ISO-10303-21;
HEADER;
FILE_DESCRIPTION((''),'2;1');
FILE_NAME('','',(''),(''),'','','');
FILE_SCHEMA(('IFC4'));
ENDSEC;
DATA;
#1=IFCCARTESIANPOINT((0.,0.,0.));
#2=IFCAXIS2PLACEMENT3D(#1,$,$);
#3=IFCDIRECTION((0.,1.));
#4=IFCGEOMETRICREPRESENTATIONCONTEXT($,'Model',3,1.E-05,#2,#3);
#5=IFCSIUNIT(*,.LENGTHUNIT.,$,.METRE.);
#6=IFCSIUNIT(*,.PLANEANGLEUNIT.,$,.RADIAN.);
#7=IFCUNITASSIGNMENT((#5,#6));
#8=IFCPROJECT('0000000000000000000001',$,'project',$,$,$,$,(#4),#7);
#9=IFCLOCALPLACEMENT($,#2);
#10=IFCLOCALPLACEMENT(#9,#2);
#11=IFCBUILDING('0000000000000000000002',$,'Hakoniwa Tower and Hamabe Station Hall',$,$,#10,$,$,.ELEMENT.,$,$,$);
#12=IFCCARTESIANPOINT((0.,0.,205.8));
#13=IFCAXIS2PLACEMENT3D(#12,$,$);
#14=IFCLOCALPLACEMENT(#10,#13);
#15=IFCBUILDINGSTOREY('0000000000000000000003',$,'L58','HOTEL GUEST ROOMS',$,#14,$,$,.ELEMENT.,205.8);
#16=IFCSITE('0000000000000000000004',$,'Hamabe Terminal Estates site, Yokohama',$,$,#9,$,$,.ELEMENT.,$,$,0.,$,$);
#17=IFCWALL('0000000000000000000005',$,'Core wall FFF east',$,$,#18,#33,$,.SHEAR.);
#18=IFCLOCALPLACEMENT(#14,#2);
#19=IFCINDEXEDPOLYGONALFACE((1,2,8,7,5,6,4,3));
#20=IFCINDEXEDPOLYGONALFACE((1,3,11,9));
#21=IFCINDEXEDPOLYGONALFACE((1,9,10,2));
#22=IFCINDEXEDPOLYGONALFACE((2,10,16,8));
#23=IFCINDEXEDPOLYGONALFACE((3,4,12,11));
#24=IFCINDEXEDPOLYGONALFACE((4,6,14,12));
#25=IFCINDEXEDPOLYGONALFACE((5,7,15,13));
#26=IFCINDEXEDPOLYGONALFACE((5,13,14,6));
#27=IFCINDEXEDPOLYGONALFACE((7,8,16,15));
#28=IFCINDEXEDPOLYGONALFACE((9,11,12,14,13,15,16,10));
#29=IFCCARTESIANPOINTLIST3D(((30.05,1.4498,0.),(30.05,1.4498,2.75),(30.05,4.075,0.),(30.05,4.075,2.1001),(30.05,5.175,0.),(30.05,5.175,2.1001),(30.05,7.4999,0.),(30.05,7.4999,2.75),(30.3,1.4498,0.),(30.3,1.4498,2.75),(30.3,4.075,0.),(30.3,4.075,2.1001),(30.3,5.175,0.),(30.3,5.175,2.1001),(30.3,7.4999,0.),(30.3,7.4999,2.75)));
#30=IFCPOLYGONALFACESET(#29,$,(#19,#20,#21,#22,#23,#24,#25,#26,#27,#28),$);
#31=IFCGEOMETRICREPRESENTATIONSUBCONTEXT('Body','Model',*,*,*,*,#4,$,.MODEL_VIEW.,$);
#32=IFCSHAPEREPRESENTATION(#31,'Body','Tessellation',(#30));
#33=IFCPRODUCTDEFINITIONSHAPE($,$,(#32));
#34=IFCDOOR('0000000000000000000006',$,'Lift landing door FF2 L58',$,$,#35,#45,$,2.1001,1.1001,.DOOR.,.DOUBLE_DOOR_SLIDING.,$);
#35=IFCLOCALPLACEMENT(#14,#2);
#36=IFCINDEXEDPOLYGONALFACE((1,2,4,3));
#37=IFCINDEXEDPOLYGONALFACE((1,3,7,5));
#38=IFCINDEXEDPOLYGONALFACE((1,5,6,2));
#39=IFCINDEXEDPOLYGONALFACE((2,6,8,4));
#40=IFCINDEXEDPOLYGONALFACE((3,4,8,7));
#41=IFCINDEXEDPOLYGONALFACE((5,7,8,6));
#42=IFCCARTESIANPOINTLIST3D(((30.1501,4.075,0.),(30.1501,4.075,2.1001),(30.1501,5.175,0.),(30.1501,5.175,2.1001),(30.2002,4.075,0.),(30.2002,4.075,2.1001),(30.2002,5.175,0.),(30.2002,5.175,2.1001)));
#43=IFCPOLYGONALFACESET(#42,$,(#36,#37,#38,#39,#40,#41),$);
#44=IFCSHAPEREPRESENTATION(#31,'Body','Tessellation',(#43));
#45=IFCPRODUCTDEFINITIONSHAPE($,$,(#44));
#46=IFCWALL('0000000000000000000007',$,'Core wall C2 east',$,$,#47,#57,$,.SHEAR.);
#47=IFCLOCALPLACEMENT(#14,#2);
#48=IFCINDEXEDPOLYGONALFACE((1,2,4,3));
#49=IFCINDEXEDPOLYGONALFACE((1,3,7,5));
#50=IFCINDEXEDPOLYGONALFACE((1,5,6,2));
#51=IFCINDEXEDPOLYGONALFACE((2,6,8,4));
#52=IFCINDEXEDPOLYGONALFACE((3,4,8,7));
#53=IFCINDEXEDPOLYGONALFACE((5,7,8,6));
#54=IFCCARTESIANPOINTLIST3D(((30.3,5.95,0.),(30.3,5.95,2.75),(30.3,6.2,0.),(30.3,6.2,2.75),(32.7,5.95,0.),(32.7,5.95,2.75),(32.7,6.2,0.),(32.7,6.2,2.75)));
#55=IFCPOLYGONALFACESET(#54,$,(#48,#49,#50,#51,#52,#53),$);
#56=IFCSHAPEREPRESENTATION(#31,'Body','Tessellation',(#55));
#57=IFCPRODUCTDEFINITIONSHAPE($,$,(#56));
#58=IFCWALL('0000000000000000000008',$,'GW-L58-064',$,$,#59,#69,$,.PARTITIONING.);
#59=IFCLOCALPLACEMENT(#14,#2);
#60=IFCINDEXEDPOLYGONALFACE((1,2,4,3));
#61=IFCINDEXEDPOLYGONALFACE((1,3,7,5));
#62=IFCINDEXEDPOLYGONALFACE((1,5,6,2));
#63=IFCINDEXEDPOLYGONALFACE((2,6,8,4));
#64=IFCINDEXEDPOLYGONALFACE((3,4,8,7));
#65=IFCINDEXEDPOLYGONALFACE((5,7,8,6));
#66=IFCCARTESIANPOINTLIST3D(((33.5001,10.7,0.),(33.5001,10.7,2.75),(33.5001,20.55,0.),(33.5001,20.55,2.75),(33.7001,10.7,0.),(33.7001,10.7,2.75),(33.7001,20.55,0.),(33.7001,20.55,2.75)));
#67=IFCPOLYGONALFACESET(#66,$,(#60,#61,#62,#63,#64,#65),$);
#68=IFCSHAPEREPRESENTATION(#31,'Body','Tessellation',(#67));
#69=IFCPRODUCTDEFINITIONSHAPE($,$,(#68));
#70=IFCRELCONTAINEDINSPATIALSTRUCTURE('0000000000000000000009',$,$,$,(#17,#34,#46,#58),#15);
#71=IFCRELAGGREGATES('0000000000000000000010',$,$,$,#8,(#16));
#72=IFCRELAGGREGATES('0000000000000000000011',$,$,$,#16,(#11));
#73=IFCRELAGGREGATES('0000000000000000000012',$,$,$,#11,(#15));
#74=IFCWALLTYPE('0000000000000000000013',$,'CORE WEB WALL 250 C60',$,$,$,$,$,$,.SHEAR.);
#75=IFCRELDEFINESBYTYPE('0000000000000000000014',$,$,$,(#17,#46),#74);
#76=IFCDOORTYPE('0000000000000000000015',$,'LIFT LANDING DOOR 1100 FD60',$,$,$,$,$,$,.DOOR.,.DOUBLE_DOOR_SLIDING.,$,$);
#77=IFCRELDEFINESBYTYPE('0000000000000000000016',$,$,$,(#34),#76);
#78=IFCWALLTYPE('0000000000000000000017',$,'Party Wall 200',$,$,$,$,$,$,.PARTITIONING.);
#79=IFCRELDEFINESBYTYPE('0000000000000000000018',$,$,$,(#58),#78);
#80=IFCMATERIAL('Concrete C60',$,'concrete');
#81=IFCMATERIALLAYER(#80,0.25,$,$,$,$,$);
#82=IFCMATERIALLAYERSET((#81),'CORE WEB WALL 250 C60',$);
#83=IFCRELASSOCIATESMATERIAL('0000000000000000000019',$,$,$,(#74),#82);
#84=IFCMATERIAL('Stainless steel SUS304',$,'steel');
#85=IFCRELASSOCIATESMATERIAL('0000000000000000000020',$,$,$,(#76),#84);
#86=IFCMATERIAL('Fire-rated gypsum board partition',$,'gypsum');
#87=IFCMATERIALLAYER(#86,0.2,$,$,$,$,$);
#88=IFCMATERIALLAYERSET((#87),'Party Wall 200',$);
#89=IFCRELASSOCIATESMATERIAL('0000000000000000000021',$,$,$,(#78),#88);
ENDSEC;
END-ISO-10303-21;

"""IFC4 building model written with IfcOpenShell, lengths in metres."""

from ifc_helpers import new_model, si_unit, direction, frame, frame_2d, origin, place, context, subcontext, project, spatial, rectangle, extrude, material, layer, layer_set, type_object, element, fill, save


model = new_model("IFC4")

# Units and contexts
model_context = context("Model", 3, precision=1e-05, world=origin(), true_north=direction((0.0, 1.0)))
body_context = subcontext(model_context, "Body", "Model", "MODEL_VIEW")
ifc_project = project(units=[si_unit("LENGTHUNIT", "METRE"), si_unit("PLANEANGLEUNIT", "RADIAN")], contexts=[model_context])

# Site, building, storey
site_placement = place(None, origin())
site = spatial("IfcSite", under=ifc_project, at=site_placement, Name="Hamabe Terminal Estates site, Yokohama", CompositionType="ELEMENT", RefElevation=0.0)
building_placement = place(site_placement, origin())
building = spatial("IfcBuilding", under=site, at=building_placement, Name="Hakoniwa Tower and Hamabe Station Hall", CompositionType="ELEMENT")
storey_placement = place(building_placement, frame((0.0, 0.0, 205.8)))
storey = spatial("IfcBuildingStorey", under=building, at=storey_placement, Name="L58", Description="HOTEL GUEST ROOMS", CompositionType="ELEMENT", Elevation=205.8)

# Wall, opening, door
ifc_material_1 = material(Name="Concrete C60", Category="concrete")
ifc_layer_1 = layer(ifc_material_1, 0.25)
ifc_layer_set_1 = layer_set([ifc_layer_1], Name="CORE WEB WALL 250 C60")
wall_type_1 = type_object("IfcWallType", Name="CORE WEB WALL 250 C60", PredefinedType="SHEAR", material=ifc_layer_set_1)
wall_1_placement = place(storey_placement, frame((30.175, 1.45, 0.0), z_axis=(0.0, 0.0, 1.0), x_axis=(0.0, 1.0, 0.0)))
wall_1 = element("IfcWall", 1, at=wall_1_placement, inside=storey, type_object=wall_type_1, Name="Core wall FFF east", PredefinedType="SHEAR", context=body_context, shape_type="SweptSolid", body=[
    extrude(rectangle(XDim=6.05, YDim=0.25, at=frame_2d((3.0249, 0.0))), origin(), (0.0, 0.0, 1.0), 2.75),
])
opening_placement = place(wall_1_placement, frame((2.625, 0.0, 0.0)))
opening = element("IfcOpeningElement", 2, at=opening_placement, cuts=wall_1, PredefinedType="OPENING", context=body_context, shape_type="SweptSolid", body=[
    extrude(rectangle(XDim=1.1001, YDim=2.1001, at=frame_2d((0.55, 1.05))), frame((0.0, 0.135, 0.0), z_axis=(0.0, -1.0, 0.0), x_axis=(1.0, 0.0, 0.0)), (0.0, 0.0, 1.0), 0.27),
])
ifc_material_2 = material(Name="Stainless steel SUS304", Category="steel")
door_type = type_object("IfcDoorType", Name="LIFT LANDING DOOR 1100 FD60", OperationType="DOUBLE_DOOR_SLIDING", PredefinedType="DOOR", material=ifc_material_2)
door_placement = place(opening_placement, origin())
door = element("IfcDoor", 3, at=door_placement, inside=storey, type_object=door_type, Name="Lift landing door FF2 L58", OperationType="DOUBLE_DOOR_SLIDING", OverallHeight=2.1001, OverallWidth=1.1001, PredefinedType="DOOR", context=body_context, shape_type="SweptSolid", body=[
    extrude(rectangle(XDim=1.1001, YDim=2.1001, at=frame_2d((0.55, 1.05))), frame((0.0, 0.0249, 0.0), z_axis=(0.0, -1.0, 0.0), x_axis=(1.0, 0.0, 0.0)), (0.0, 0.0, 1.0), 0.05),
])
fill(opening, door)

# Walls
wall_2_placement = place(storey_placement, frame((30.3, 6.075, 0.0), z_axis=(0.0, 0.0, 1.0), x_axis=(1.0, 0.0, 0.0)))
element("IfcWall", 4, at=wall_2_placement, inside=storey, type_object=wall_type_1, Name="Core wall C2 east", PredefinedType="SHEAR", context=body_context, shape_type="SweptSolid", body=[
    extrude(rectangle(XDim=2.3999, YDim=0.25, at=frame_2d((1.2, 0.0))), origin(), (0.0, 0.0, 1.0), 2.75),
])
ifc_material_3 = material(Name="Fire-rated gypsum board partition", Category="gypsum")
ifc_layer_2 = layer(ifc_material_3, 0.2)
ifc_layer_set_2 = layer_set([ifc_layer_2], Name="Party Wall 200")
wall_type_2 = type_object("IfcWallType", Name="Party Wall 200", PredefinedType="PARTITIONING", material=ifc_layer_set_2)
wall_3_placement = place(storey_placement, frame((33.6001, 10.7, 0.0), z_axis=(0.0, 0.0, 1.0), x_axis=(0.0, 1.0, 0.0)))
element("IfcWall", 5, at=wall_3_placement, inside=storey, type_object=wall_type_2, Name="GW-L58-064", PredefinedType="PARTITIONING", context=body_context, shape_type="SweptSolid", body=[
    extrude(rectangle(XDim=9.8501, YDim=0.2, at=frame_2d((4.925, 0.0))), origin(), (0.0, 0.0, 1.0), 2.75),
])

save(model, "model.ifc")
